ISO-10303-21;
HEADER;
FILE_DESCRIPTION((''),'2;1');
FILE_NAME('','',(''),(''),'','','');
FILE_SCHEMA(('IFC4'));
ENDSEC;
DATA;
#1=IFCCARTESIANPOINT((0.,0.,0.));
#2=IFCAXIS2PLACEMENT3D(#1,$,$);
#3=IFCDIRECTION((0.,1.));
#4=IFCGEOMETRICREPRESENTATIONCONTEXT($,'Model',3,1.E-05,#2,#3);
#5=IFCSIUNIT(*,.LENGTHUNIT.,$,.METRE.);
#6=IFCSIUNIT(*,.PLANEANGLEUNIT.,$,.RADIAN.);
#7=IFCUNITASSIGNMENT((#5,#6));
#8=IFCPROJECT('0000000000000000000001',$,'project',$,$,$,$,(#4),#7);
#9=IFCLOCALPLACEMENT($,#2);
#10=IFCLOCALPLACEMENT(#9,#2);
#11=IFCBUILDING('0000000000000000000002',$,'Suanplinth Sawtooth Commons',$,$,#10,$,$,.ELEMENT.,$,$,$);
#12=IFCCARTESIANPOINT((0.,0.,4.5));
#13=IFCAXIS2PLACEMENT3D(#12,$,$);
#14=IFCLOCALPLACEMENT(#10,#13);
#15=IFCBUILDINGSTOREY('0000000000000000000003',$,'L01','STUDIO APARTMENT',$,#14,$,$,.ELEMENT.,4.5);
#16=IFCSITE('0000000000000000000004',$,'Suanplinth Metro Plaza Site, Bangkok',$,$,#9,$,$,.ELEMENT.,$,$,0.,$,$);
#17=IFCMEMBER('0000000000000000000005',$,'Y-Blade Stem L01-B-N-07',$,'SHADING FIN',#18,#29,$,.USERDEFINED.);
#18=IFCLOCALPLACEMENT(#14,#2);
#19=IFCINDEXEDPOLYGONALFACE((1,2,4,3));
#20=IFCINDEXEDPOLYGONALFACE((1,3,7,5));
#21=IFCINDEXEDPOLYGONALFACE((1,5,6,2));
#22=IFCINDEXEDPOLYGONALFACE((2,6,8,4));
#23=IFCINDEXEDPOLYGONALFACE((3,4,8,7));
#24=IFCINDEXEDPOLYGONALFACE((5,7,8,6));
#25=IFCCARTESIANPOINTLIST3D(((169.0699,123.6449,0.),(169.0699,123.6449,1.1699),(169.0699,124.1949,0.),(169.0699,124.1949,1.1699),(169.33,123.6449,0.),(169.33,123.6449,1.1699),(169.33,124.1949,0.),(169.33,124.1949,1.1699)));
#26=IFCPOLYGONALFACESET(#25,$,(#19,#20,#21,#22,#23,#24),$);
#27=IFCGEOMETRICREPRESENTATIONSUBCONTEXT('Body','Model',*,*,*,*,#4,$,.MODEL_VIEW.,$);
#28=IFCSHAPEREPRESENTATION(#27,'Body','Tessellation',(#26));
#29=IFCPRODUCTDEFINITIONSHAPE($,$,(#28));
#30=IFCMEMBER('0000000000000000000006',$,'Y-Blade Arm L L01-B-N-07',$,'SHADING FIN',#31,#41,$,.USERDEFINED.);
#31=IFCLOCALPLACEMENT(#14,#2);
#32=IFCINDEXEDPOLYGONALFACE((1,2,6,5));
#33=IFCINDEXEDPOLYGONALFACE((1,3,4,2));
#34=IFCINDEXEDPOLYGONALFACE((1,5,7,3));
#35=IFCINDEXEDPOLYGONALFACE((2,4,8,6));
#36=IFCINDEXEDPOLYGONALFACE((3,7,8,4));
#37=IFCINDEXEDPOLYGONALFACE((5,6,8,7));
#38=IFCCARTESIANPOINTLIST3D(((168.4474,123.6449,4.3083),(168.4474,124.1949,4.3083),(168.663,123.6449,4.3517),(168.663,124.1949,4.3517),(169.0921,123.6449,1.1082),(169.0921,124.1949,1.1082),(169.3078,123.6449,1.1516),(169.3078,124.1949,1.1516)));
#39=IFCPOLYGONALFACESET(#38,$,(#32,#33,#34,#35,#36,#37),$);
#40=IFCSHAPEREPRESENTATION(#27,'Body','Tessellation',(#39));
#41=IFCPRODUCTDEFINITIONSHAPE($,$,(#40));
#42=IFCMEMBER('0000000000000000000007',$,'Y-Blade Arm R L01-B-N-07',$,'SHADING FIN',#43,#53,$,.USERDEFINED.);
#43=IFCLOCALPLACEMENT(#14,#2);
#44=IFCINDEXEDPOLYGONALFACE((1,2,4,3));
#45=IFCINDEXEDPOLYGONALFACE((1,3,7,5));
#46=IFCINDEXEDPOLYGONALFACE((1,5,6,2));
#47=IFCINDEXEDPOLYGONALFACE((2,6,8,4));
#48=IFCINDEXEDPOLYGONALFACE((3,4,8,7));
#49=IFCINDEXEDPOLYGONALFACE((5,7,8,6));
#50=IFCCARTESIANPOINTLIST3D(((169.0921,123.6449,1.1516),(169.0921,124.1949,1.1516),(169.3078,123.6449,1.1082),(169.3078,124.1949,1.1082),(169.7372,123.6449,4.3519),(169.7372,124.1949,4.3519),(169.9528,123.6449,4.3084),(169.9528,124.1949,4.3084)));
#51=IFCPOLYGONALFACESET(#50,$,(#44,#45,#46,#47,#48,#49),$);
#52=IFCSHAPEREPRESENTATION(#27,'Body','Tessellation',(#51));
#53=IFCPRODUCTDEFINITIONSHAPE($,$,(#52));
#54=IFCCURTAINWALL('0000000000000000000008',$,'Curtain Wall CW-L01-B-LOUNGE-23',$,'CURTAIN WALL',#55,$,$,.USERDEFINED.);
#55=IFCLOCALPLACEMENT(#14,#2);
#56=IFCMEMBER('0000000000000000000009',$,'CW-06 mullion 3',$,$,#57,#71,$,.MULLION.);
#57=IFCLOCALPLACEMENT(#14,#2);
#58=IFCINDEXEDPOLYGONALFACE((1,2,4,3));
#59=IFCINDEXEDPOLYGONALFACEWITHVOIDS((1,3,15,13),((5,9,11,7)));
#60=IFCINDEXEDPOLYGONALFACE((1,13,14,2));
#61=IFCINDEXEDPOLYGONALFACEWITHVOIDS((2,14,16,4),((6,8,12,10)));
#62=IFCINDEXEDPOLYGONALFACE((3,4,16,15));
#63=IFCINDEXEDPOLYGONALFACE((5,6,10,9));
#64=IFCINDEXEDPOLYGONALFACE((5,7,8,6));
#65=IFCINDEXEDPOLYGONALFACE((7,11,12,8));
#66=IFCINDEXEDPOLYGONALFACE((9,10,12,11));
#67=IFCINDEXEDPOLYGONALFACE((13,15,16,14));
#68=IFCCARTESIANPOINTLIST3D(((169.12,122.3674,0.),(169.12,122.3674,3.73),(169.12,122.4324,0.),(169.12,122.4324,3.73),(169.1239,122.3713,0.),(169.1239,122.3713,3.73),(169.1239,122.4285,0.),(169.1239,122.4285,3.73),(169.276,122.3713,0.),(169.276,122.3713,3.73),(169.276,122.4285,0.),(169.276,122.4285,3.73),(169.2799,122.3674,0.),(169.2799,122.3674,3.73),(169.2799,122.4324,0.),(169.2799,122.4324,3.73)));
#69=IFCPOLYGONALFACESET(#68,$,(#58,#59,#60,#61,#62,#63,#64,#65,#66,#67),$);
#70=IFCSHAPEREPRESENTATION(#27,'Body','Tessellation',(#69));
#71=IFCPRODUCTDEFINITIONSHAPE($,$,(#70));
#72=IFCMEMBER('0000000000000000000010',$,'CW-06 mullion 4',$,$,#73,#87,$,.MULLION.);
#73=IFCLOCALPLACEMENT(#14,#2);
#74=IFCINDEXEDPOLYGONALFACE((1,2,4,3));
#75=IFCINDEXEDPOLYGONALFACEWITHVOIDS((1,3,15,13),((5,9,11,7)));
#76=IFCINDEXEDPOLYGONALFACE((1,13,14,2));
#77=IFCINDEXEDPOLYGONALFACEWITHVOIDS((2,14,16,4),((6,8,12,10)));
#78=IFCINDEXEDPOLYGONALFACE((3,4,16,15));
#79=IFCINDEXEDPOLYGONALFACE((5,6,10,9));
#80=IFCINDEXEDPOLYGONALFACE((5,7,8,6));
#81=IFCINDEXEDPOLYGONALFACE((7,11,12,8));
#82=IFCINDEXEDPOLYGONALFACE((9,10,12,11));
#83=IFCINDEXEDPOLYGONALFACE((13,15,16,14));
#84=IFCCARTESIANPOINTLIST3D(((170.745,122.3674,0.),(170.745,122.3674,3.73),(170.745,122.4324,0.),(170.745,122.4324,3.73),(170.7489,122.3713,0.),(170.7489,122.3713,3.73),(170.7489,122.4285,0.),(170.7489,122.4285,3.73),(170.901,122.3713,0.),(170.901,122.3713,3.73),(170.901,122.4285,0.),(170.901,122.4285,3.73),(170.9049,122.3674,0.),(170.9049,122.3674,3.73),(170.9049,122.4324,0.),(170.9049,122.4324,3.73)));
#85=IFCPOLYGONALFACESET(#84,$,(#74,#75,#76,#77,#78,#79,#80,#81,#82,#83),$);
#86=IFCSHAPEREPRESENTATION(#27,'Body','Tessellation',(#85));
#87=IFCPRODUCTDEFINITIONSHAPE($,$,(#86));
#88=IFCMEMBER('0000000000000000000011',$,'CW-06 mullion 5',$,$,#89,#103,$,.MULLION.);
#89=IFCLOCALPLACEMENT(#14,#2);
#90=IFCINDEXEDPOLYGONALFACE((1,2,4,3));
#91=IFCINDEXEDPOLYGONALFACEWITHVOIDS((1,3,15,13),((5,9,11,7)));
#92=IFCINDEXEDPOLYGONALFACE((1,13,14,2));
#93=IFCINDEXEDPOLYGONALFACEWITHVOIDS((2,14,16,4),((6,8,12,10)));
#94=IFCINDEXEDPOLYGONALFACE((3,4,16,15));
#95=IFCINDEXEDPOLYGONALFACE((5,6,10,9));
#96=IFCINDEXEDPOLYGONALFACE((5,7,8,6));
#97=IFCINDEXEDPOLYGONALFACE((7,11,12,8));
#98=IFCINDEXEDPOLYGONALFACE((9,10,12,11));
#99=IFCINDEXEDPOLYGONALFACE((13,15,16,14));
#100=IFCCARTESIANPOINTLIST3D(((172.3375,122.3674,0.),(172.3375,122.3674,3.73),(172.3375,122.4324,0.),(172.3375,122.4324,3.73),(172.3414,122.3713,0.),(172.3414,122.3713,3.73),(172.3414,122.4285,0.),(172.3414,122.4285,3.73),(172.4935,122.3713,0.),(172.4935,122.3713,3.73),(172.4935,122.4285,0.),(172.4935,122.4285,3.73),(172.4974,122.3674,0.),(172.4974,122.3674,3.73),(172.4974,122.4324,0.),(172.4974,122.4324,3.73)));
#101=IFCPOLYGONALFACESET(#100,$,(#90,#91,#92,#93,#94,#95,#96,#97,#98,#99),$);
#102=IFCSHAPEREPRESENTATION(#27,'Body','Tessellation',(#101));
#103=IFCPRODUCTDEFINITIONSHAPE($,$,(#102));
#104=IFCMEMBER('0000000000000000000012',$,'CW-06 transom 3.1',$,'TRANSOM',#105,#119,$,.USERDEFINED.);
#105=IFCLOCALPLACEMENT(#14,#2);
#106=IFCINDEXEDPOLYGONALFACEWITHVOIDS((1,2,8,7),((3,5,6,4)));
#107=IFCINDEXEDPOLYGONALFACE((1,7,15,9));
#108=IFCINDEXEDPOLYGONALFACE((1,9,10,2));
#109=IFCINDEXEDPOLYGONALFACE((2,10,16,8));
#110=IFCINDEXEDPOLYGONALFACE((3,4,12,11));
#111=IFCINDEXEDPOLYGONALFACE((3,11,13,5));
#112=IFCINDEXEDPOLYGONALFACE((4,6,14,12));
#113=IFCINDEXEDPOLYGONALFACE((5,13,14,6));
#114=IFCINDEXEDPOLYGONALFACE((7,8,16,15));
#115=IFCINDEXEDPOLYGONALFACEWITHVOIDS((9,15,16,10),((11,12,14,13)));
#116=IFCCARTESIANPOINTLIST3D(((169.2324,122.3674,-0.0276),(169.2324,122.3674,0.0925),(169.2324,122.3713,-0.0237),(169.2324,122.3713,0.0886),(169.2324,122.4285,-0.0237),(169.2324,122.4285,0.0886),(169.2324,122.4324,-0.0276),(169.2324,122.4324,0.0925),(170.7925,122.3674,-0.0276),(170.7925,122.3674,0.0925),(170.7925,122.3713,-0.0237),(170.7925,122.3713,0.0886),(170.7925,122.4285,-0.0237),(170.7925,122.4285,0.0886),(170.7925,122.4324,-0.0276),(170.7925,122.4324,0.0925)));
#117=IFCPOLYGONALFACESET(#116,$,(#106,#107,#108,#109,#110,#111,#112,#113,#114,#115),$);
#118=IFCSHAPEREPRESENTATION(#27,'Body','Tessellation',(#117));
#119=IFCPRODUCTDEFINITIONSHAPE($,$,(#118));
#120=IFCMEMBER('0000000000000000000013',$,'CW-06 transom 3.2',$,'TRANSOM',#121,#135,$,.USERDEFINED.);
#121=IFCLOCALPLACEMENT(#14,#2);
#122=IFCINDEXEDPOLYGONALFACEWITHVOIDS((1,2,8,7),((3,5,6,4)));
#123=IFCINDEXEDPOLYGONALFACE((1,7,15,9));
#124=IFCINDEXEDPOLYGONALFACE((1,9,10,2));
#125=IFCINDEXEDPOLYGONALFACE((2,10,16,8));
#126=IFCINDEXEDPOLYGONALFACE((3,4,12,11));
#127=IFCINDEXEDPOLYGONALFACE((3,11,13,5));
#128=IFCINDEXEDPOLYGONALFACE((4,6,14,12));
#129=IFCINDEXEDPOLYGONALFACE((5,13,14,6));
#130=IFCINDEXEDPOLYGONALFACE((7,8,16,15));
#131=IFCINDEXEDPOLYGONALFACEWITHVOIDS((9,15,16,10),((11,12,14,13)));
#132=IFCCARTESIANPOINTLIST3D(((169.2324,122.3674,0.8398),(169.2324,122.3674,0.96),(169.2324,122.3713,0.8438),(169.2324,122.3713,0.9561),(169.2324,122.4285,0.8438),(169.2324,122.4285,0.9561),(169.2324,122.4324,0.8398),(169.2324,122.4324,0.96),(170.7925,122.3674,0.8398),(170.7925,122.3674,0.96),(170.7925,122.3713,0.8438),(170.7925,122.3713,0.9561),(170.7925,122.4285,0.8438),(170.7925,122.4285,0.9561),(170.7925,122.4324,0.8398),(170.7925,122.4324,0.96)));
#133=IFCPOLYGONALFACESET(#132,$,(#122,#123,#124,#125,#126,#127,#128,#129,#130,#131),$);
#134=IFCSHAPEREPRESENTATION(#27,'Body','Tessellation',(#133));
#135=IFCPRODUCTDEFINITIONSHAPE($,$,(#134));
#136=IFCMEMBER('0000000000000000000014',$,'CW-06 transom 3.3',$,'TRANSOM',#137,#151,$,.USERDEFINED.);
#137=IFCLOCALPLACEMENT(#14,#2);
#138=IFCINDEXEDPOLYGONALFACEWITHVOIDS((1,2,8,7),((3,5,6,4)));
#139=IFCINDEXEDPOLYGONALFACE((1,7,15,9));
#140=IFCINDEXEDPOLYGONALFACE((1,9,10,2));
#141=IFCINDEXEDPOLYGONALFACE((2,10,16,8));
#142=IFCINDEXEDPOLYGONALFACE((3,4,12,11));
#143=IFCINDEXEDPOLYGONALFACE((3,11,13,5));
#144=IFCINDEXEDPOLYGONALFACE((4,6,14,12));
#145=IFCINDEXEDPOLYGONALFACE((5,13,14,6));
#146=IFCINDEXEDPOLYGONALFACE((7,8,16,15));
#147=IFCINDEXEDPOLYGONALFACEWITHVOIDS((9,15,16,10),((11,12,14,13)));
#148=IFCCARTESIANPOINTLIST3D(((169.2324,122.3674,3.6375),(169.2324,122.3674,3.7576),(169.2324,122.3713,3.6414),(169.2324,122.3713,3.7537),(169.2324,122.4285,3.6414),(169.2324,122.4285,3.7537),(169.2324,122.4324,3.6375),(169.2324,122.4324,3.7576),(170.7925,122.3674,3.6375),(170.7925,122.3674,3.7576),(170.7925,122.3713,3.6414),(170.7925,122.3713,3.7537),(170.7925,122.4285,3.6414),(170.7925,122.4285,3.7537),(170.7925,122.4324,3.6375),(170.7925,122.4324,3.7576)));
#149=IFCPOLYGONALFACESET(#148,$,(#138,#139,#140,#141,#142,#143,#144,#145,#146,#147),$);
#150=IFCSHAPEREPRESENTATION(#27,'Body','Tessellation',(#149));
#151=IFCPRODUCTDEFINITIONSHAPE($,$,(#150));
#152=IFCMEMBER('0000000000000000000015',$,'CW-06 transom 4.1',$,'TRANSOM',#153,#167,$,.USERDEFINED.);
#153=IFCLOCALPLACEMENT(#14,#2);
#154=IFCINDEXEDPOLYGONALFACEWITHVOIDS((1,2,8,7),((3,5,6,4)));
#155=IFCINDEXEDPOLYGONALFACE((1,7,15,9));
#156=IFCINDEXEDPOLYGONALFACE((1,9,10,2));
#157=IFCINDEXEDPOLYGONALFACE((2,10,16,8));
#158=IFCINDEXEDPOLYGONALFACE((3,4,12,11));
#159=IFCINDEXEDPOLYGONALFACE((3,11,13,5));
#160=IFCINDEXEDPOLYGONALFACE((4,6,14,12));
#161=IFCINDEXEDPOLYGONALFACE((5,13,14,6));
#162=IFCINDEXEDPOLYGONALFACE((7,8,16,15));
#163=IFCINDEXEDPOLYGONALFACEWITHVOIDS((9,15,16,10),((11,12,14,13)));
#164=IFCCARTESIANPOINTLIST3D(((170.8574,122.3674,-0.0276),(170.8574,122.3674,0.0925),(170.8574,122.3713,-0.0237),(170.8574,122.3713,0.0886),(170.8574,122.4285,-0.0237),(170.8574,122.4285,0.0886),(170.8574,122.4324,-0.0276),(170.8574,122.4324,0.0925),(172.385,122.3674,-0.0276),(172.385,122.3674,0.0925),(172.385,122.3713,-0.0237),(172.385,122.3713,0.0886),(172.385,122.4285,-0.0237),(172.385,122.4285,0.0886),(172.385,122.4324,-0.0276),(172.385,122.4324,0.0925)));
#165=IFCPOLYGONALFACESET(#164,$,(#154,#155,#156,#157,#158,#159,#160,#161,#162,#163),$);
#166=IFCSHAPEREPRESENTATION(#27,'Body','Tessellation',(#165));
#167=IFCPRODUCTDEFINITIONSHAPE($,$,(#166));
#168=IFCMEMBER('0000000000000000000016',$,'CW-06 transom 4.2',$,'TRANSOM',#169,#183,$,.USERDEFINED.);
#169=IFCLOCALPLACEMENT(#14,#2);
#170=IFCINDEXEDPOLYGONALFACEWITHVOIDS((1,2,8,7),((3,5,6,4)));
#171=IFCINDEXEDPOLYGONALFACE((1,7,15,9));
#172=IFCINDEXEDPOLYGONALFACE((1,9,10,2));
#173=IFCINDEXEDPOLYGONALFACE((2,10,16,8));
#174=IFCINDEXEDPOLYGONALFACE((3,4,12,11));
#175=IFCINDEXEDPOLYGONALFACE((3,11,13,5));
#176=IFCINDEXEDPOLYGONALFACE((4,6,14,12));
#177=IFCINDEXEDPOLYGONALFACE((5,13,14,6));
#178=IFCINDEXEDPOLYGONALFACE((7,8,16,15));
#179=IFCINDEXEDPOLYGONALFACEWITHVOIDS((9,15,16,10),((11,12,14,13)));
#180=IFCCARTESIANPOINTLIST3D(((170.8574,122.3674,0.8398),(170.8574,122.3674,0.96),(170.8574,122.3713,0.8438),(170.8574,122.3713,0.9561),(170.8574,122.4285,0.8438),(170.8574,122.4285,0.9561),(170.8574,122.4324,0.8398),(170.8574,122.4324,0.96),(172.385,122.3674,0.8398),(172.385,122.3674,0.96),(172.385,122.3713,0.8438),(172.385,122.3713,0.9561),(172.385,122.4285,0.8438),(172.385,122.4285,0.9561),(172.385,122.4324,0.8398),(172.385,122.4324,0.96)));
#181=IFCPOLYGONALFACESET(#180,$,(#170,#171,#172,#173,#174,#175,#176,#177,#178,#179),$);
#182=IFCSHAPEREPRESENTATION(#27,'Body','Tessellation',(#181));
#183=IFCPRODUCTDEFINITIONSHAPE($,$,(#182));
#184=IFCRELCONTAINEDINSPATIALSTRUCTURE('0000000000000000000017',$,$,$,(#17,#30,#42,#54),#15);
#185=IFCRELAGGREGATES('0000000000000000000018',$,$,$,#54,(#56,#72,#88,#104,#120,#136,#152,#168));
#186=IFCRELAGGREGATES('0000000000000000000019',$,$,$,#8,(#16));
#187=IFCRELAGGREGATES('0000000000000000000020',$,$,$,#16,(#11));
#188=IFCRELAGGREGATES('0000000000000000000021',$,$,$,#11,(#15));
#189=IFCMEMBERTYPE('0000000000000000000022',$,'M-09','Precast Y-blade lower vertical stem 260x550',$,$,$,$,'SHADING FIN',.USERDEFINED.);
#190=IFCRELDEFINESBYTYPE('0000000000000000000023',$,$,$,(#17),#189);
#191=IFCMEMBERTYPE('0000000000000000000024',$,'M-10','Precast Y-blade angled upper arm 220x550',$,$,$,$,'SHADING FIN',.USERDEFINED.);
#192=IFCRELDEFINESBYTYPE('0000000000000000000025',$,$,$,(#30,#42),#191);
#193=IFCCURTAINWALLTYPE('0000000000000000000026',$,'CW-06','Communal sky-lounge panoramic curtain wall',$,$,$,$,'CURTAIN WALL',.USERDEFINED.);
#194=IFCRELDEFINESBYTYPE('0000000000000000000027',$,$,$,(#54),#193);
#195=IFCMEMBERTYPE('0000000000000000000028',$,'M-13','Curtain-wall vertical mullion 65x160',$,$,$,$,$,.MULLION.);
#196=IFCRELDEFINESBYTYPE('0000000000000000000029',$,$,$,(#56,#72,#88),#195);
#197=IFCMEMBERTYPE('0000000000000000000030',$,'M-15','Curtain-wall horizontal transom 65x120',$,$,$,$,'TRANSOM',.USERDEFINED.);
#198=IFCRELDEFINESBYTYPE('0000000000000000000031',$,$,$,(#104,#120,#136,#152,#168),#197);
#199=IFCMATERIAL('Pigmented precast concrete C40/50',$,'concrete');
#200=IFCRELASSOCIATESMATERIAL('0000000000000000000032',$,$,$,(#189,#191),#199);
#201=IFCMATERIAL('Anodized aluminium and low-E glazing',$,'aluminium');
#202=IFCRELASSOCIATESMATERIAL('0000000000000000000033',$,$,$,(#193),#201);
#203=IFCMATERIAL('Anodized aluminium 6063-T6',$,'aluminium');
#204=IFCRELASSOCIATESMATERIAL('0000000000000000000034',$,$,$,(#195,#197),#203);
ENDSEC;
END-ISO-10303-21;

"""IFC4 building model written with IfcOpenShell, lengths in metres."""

from ifc_helpers import new_model, si_unit, direction, frame, origin, origin_2d, place, context, subcontext, project, spatial, rectangle, hollow_rectangle, extrude, material, material_profile, profile_set, type_object, element, aggregate, save


model = new_model("IFC4")

# Units and contexts
model_context = context("Model", 3, precision=1e-05, world=origin(), true_north=direction((0.0, 1.0)))
body_context = subcontext(model_context, "Body", "Model", "MODEL_VIEW")
ifc_project = project(units=[si_unit("LENGTHUNIT", "METRE"), si_unit("PLANEANGLEUNIT", "RADIAN")], contexts=[model_context])

# Site, building, storey
site_placement = place(None, origin())
site = spatial("IfcSite", under=ifc_project, at=site_placement, Name="Suanplinth Metro Plaza Site, Bangkok", CompositionType="ELEMENT", RefElevation=0.0)
building_placement = place(site_placement, origin())
building = spatial("IfcBuilding", under=site, at=building_placement, Name="Suanplinth Sawtooth Commons", CompositionType="ELEMENT")
storey_placement = place(building_placement, frame((0.0, 0.0, 4.5)))
storey = spatial("IfcBuildingStorey", under=building, at=storey_placement, Name="L01", Description="STUDIO APARTMENT", CompositionType="ELEMENT", Elevation=4.5)

# Members
ifc_material_1 = material(Name="Pigmented precast concrete C40/50", Category="concrete")
ifc_material_profile_1 = material_profile(ifc_material_1, rectangle(XDim=0.26, YDim=0.55, at=origin_2d()), Name="PC-FIN 260x550")
ifc_profile_set_1 = profile_set([ifc_material_profile_1], Name="Pigmented precast concrete C40/50")
member_type_1 = type_object("IfcMemberType", Name="M-09", Description="Precast Y-blade lower vertical stem 260x550", ElementType="SHADING FIN", PredefinedType="USERDEFINED", material=ifc_profile_set_1)
member_1_placement = place(storey_placement, frame((169.2, 123.9199, 0.0), z_axis=(0.0, 0.0, 1.0), x_axis=(1.0, 0.0, 0.0)))
element("IfcMember", 1, at=member_1_placement, inside=storey, type_object=member_type_1, Name="Y-Blade Stem L01-B-N-07", ObjectType="SHADING FIN", PredefinedType="USERDEFINED", context=body_context, shape_type="SweptSolid", body=[
    extrude(rectangle(XDim=0.26, YDim=0.55, at=origin_2d()), origin(), (0.0, 0.0, 1.0), 1.1699),
])
ifc_material_profile_2 = material_profile(ifc_material_1, rectangle(XDim=0.22, YDim=0.55, at=origin_2d()), Name="PC-FIN 220x550")
ifc_profile_set_2 = profile_set([ifc_material_profile_2], Name="Pigmented precast concrete C40/50")
member_type_2 = type_object("IfcMemberType", Name="M-10", Description="Precast Y-blade angled upper arm 220x550", ElementType="SHADING FIN", PredefinedType="USERDEFINED", material=ifc_profile_set_2)
member_2_placement = place(storey_placement, frame((169.2, 123.9199, 1.1299), z_axis=(-0.197511, 0.0, 0.980301), x_axis=(0.980301, 0.0, 0.197511)))
element("IfcMember", 2, at=member_2_placement, inside=storey, type_object=member_type_2, Name="Y-Blade Arm L L01-B-N-07", ObjectType="SHADING FIN", PredefinedType="USERDEFINED", context=body_context, shape_type="SweptSolid", body=[
    extrude(rectangle(XDim=0.22, YDim=0.55, at=origin_2d()), origin(), (0.0, 0.0, 1.0), 3.2644),
])
member_3_placement = place(storey_placement, frame((169.2, 123.9199, 1.1299), z_axis=(0.197583, 0.0, 0.980286), x_axis=(-0.980286, 0.0, 0.197583)))
element("IfcMember", 3, at=member_3_placement, inside=storey, type_object=member_type_2, Name="Y-Blade Arm R L01-B-N-07", ObjectType="SHADING FIN", PredefinedType="USERDEFINED", context=body_context, shape_type="SweptSolid", body=[
    extrude(rectangle(XDim=0.22, YDim=0.55, at=origin_2d()), origin(), (0.0, 0.0, 1.0), 3.2646),
])

# Curtain wall, members
ifc_material_2 = material(Name="Anodized aluminium and low-E glazing", Category="aluminium")
curtain_wall_type = type_object("IfcCurtainWallType", Name="CW-06", Description="Communal sky-lounge panoramic curtain wall", ElementType="CURTAIN WALL", PredefinedType="USERDEFINED", material=ifc_material_2)
curtain_wall_placement = place(storey_placement, origin())
curtain_wall = element("IfcCurtainWall", 4, at=curtain_wall_placement, inside=storey, type_object=curtain_wall_type, Name="Curtain Wall CW-L01-B-LOUNGE-23", ObjectType="CURTAIN WALL", PredefinedType="USERDEFINED")
ifc_material_3 = material(Name="Anodized aluminium 6063-T6", Category="aluminium")
ifc_material_profile_3 = material_profile(ifc_material_3, hollow_rectangle(XDim=0.0649, YDim=0.1599, WallThickness=0.0039, at=origin_2d()), Name="ALU-MUL 65x160")
ifc_profile_set_3 = profile_set([ifc_material_profile_3], Name="Anodized aluminium 6063-T6")
member_type_3 = type_object("IfcMemberType", Name="M-13", Description="Curtain-wall vertical mullion 65x160", PredefinedType="MULLION", material=ifc_profile_set_3)
member_4_placement = place(storey_placement, frame((169.2, 122.3999, 0.0), z_axis=(0.0, 0.0, 1.0), x_axis=(0.0, 1.0, 0.0)))
member_4 = element("IfcMember", 5, at=member_4_placement, type_object=member_type_3, Name="CW-06 mullion 3", PredefinedType="MULLION", context=body_context, shape_type="SweptSolid", body=[
    extrude(hollow_rectangle(XDim=0.0649, YDim=0.1599, WallThickness=0.0039, at=origin_2d()), origin(), (0.0, 0.0, 1.0), 3.73),
])
member_5_placement = place(storey_placement, frame((170.825, 122.3999, 0.0), z_axis=(0.0, 0.0, 1.0), x_axis=(0.0, 1.0, 0.0)))
member_5 = element("IfcMember", 6, at=member_5_placement, type_object=member_type_3, Name="CW-06 mullion 4", PredefinedType="MULLION", context=body_context, shape_type="SweptSolid", body=[
    extrude(hollow_rectangle(XDim=0.0649, YDim=0.1599, WallThickness=0.0039, at=origin_2d()), origin(), (0.0, 0.0, 1.0), 3.73),
])
member_6_placement = place(storey_placement, frame((172.4175, 122.3999, 0.0), z_axis=(0.0, 0.0, 1.0), x_axis=(0.0, 1.0, 0.0)))
member_6 = element("IfcMember", 7, at=member_6_placement, type_object=member_type_3, Name="CW-06 mullion 5", PredefinedType="MULLION", context=body_context, shape_type="SweptSolid", body=[
    extrude(hollow_rectangle(XDim=0.0649, YDim=0.1599, WallThickness=0.0039, at=origin_2d()), origin(), (0.0, 0.0, 1.0), 3.73),
])
ifc_material_profile_4 = material_profile(ifc_material_3, hollow_rectangle(XDim=0.0649, YDim=0.1201, WallThickness=0.0039, at=origin_2d()), Name="ALU-TRN 65x120")
ifc_profile_set_4 = profile_set([ifc_material_profile_4], Name="Anodized aluminium 6063-T6")
member_type_4 = type_object("IfcMemberType", Name="M-15", Description="Curtain-wall horizontal transom 65x120", ElementType="TRANSOM", PredefinedType="USERDEFINED", material=ifc_profile_set_4)
member_7_placement = place(storey_placement, frame((169.2324, 122.3999, 0.0325), z_axis=(1.0, 0.0, 0.0), x_axis=(0.0, 1.0, 0.0)))
member_7 = element("IfcMember", 8, at=member_7_placement, type_object=member_type_4, Name="CW-06 transom 3.1", ObjectType="TRANSOM", PredefinedType="USERDEFINED", context=body_context, shape_type="SweptSolid", body=[
    extrude(hollow_rectangle(XDim=0.0649, YDim=0.1201, WallThickness=0.0039, at=origin_2d()), origin(), (0.0, 0.0, 1.0), 1.5601),
])
member_8_placement = place(storey_placement, frame((169.2324, 122.3999, 0.8999), z_axis=(1.0, 0.0, 0.0), x_axis=(0.0, 1.0, 0.0)))
member_8 = element("IfcMember", 9, at=member_8_placement, type_object=member_type_4, Name="CW-06 transom 3.2", ObjectType="TRANSOM", PredefinedType="USERDEFINED", context=body_context, shape_type="SweptSolid", body=[
    extrude(hollow_rectangle(XDim=0.0649, YDim=0.1201, WallThickness=0.0039, at=origin_2d()), origin(), (0.0, 0.0, 1.0), 1.5601),
])
member_9_placement = place(storey_placement, frame((169.2324, 122.3999, 3.6975), z_axis=(1.0, 0.0, 0.0), x_axis=(0.0, 1.0, 0.0)))
member_9 = element("IfcMember", 10, at=member_9_placement, type_object=member_type_4, Name="CW-06 transom 3.3", ObjectType="TRANSOM", PredefinedType="USERDEFINED", context=body_context, shape_type="SweptSolid", body=[
    extrude(hollow_rectangle(XDim=0.0649, YDim=0.1201, WallThickness=0.0039, at=origin_2d()), origin(), (0.0, 0.0, 1.0), 1.5601),
])
member_10_placement = place(storey_placement, frame((170.8574, 122.3999, 0.0325), z_axis=(1.0, 0.0, 0.0), x_axis=(0.0, 1.0, 0.0)))
member_10 = element("IfcMember", 11, at=member_10_placement, type_object=member_type_4, Name="CW-06 transom 4.1", ObjectType="TRANSOM", PredefinedType="USERDEFINED", context=body_context, shape_type="SweptSolid", body=[
    extrude(hollow_rectangle(XDim=0.0649, YDim=0.1201, WallThickness=0.0039, at=origin_2d()), origin(), (0.0, 0.0, 1.0), 1.5276),
])
member_11_placement = place(storey_placement, frame((170.8574, 122.3999, 0.8999), z_axis=(1.0, 0.0, 0.0), x_axis=(0.0, 1.0, 0.0)))
member_11 = element("IfcMember", 12, at=member_11_placement, type_object=member_type_4, Name="CW-06 transom 4.2", ObjectType="TRANSOM", PredefinedType="USERDEFINED", context=body_context, shape_type="SweptSolid", body=[
    extrude(hollow_rectangle(XDim=0.0649, YDim=0.1201, WallThickness=0.0039, at=origin_2d()), origin(), (0.0, 0.0, 1.0), 1.5276),
])

aggregate(curtain_wall, [member_4, member_5, member_6, member_7, member_8, member_9, member_10, member_11])

save(model, "model.ifc")
